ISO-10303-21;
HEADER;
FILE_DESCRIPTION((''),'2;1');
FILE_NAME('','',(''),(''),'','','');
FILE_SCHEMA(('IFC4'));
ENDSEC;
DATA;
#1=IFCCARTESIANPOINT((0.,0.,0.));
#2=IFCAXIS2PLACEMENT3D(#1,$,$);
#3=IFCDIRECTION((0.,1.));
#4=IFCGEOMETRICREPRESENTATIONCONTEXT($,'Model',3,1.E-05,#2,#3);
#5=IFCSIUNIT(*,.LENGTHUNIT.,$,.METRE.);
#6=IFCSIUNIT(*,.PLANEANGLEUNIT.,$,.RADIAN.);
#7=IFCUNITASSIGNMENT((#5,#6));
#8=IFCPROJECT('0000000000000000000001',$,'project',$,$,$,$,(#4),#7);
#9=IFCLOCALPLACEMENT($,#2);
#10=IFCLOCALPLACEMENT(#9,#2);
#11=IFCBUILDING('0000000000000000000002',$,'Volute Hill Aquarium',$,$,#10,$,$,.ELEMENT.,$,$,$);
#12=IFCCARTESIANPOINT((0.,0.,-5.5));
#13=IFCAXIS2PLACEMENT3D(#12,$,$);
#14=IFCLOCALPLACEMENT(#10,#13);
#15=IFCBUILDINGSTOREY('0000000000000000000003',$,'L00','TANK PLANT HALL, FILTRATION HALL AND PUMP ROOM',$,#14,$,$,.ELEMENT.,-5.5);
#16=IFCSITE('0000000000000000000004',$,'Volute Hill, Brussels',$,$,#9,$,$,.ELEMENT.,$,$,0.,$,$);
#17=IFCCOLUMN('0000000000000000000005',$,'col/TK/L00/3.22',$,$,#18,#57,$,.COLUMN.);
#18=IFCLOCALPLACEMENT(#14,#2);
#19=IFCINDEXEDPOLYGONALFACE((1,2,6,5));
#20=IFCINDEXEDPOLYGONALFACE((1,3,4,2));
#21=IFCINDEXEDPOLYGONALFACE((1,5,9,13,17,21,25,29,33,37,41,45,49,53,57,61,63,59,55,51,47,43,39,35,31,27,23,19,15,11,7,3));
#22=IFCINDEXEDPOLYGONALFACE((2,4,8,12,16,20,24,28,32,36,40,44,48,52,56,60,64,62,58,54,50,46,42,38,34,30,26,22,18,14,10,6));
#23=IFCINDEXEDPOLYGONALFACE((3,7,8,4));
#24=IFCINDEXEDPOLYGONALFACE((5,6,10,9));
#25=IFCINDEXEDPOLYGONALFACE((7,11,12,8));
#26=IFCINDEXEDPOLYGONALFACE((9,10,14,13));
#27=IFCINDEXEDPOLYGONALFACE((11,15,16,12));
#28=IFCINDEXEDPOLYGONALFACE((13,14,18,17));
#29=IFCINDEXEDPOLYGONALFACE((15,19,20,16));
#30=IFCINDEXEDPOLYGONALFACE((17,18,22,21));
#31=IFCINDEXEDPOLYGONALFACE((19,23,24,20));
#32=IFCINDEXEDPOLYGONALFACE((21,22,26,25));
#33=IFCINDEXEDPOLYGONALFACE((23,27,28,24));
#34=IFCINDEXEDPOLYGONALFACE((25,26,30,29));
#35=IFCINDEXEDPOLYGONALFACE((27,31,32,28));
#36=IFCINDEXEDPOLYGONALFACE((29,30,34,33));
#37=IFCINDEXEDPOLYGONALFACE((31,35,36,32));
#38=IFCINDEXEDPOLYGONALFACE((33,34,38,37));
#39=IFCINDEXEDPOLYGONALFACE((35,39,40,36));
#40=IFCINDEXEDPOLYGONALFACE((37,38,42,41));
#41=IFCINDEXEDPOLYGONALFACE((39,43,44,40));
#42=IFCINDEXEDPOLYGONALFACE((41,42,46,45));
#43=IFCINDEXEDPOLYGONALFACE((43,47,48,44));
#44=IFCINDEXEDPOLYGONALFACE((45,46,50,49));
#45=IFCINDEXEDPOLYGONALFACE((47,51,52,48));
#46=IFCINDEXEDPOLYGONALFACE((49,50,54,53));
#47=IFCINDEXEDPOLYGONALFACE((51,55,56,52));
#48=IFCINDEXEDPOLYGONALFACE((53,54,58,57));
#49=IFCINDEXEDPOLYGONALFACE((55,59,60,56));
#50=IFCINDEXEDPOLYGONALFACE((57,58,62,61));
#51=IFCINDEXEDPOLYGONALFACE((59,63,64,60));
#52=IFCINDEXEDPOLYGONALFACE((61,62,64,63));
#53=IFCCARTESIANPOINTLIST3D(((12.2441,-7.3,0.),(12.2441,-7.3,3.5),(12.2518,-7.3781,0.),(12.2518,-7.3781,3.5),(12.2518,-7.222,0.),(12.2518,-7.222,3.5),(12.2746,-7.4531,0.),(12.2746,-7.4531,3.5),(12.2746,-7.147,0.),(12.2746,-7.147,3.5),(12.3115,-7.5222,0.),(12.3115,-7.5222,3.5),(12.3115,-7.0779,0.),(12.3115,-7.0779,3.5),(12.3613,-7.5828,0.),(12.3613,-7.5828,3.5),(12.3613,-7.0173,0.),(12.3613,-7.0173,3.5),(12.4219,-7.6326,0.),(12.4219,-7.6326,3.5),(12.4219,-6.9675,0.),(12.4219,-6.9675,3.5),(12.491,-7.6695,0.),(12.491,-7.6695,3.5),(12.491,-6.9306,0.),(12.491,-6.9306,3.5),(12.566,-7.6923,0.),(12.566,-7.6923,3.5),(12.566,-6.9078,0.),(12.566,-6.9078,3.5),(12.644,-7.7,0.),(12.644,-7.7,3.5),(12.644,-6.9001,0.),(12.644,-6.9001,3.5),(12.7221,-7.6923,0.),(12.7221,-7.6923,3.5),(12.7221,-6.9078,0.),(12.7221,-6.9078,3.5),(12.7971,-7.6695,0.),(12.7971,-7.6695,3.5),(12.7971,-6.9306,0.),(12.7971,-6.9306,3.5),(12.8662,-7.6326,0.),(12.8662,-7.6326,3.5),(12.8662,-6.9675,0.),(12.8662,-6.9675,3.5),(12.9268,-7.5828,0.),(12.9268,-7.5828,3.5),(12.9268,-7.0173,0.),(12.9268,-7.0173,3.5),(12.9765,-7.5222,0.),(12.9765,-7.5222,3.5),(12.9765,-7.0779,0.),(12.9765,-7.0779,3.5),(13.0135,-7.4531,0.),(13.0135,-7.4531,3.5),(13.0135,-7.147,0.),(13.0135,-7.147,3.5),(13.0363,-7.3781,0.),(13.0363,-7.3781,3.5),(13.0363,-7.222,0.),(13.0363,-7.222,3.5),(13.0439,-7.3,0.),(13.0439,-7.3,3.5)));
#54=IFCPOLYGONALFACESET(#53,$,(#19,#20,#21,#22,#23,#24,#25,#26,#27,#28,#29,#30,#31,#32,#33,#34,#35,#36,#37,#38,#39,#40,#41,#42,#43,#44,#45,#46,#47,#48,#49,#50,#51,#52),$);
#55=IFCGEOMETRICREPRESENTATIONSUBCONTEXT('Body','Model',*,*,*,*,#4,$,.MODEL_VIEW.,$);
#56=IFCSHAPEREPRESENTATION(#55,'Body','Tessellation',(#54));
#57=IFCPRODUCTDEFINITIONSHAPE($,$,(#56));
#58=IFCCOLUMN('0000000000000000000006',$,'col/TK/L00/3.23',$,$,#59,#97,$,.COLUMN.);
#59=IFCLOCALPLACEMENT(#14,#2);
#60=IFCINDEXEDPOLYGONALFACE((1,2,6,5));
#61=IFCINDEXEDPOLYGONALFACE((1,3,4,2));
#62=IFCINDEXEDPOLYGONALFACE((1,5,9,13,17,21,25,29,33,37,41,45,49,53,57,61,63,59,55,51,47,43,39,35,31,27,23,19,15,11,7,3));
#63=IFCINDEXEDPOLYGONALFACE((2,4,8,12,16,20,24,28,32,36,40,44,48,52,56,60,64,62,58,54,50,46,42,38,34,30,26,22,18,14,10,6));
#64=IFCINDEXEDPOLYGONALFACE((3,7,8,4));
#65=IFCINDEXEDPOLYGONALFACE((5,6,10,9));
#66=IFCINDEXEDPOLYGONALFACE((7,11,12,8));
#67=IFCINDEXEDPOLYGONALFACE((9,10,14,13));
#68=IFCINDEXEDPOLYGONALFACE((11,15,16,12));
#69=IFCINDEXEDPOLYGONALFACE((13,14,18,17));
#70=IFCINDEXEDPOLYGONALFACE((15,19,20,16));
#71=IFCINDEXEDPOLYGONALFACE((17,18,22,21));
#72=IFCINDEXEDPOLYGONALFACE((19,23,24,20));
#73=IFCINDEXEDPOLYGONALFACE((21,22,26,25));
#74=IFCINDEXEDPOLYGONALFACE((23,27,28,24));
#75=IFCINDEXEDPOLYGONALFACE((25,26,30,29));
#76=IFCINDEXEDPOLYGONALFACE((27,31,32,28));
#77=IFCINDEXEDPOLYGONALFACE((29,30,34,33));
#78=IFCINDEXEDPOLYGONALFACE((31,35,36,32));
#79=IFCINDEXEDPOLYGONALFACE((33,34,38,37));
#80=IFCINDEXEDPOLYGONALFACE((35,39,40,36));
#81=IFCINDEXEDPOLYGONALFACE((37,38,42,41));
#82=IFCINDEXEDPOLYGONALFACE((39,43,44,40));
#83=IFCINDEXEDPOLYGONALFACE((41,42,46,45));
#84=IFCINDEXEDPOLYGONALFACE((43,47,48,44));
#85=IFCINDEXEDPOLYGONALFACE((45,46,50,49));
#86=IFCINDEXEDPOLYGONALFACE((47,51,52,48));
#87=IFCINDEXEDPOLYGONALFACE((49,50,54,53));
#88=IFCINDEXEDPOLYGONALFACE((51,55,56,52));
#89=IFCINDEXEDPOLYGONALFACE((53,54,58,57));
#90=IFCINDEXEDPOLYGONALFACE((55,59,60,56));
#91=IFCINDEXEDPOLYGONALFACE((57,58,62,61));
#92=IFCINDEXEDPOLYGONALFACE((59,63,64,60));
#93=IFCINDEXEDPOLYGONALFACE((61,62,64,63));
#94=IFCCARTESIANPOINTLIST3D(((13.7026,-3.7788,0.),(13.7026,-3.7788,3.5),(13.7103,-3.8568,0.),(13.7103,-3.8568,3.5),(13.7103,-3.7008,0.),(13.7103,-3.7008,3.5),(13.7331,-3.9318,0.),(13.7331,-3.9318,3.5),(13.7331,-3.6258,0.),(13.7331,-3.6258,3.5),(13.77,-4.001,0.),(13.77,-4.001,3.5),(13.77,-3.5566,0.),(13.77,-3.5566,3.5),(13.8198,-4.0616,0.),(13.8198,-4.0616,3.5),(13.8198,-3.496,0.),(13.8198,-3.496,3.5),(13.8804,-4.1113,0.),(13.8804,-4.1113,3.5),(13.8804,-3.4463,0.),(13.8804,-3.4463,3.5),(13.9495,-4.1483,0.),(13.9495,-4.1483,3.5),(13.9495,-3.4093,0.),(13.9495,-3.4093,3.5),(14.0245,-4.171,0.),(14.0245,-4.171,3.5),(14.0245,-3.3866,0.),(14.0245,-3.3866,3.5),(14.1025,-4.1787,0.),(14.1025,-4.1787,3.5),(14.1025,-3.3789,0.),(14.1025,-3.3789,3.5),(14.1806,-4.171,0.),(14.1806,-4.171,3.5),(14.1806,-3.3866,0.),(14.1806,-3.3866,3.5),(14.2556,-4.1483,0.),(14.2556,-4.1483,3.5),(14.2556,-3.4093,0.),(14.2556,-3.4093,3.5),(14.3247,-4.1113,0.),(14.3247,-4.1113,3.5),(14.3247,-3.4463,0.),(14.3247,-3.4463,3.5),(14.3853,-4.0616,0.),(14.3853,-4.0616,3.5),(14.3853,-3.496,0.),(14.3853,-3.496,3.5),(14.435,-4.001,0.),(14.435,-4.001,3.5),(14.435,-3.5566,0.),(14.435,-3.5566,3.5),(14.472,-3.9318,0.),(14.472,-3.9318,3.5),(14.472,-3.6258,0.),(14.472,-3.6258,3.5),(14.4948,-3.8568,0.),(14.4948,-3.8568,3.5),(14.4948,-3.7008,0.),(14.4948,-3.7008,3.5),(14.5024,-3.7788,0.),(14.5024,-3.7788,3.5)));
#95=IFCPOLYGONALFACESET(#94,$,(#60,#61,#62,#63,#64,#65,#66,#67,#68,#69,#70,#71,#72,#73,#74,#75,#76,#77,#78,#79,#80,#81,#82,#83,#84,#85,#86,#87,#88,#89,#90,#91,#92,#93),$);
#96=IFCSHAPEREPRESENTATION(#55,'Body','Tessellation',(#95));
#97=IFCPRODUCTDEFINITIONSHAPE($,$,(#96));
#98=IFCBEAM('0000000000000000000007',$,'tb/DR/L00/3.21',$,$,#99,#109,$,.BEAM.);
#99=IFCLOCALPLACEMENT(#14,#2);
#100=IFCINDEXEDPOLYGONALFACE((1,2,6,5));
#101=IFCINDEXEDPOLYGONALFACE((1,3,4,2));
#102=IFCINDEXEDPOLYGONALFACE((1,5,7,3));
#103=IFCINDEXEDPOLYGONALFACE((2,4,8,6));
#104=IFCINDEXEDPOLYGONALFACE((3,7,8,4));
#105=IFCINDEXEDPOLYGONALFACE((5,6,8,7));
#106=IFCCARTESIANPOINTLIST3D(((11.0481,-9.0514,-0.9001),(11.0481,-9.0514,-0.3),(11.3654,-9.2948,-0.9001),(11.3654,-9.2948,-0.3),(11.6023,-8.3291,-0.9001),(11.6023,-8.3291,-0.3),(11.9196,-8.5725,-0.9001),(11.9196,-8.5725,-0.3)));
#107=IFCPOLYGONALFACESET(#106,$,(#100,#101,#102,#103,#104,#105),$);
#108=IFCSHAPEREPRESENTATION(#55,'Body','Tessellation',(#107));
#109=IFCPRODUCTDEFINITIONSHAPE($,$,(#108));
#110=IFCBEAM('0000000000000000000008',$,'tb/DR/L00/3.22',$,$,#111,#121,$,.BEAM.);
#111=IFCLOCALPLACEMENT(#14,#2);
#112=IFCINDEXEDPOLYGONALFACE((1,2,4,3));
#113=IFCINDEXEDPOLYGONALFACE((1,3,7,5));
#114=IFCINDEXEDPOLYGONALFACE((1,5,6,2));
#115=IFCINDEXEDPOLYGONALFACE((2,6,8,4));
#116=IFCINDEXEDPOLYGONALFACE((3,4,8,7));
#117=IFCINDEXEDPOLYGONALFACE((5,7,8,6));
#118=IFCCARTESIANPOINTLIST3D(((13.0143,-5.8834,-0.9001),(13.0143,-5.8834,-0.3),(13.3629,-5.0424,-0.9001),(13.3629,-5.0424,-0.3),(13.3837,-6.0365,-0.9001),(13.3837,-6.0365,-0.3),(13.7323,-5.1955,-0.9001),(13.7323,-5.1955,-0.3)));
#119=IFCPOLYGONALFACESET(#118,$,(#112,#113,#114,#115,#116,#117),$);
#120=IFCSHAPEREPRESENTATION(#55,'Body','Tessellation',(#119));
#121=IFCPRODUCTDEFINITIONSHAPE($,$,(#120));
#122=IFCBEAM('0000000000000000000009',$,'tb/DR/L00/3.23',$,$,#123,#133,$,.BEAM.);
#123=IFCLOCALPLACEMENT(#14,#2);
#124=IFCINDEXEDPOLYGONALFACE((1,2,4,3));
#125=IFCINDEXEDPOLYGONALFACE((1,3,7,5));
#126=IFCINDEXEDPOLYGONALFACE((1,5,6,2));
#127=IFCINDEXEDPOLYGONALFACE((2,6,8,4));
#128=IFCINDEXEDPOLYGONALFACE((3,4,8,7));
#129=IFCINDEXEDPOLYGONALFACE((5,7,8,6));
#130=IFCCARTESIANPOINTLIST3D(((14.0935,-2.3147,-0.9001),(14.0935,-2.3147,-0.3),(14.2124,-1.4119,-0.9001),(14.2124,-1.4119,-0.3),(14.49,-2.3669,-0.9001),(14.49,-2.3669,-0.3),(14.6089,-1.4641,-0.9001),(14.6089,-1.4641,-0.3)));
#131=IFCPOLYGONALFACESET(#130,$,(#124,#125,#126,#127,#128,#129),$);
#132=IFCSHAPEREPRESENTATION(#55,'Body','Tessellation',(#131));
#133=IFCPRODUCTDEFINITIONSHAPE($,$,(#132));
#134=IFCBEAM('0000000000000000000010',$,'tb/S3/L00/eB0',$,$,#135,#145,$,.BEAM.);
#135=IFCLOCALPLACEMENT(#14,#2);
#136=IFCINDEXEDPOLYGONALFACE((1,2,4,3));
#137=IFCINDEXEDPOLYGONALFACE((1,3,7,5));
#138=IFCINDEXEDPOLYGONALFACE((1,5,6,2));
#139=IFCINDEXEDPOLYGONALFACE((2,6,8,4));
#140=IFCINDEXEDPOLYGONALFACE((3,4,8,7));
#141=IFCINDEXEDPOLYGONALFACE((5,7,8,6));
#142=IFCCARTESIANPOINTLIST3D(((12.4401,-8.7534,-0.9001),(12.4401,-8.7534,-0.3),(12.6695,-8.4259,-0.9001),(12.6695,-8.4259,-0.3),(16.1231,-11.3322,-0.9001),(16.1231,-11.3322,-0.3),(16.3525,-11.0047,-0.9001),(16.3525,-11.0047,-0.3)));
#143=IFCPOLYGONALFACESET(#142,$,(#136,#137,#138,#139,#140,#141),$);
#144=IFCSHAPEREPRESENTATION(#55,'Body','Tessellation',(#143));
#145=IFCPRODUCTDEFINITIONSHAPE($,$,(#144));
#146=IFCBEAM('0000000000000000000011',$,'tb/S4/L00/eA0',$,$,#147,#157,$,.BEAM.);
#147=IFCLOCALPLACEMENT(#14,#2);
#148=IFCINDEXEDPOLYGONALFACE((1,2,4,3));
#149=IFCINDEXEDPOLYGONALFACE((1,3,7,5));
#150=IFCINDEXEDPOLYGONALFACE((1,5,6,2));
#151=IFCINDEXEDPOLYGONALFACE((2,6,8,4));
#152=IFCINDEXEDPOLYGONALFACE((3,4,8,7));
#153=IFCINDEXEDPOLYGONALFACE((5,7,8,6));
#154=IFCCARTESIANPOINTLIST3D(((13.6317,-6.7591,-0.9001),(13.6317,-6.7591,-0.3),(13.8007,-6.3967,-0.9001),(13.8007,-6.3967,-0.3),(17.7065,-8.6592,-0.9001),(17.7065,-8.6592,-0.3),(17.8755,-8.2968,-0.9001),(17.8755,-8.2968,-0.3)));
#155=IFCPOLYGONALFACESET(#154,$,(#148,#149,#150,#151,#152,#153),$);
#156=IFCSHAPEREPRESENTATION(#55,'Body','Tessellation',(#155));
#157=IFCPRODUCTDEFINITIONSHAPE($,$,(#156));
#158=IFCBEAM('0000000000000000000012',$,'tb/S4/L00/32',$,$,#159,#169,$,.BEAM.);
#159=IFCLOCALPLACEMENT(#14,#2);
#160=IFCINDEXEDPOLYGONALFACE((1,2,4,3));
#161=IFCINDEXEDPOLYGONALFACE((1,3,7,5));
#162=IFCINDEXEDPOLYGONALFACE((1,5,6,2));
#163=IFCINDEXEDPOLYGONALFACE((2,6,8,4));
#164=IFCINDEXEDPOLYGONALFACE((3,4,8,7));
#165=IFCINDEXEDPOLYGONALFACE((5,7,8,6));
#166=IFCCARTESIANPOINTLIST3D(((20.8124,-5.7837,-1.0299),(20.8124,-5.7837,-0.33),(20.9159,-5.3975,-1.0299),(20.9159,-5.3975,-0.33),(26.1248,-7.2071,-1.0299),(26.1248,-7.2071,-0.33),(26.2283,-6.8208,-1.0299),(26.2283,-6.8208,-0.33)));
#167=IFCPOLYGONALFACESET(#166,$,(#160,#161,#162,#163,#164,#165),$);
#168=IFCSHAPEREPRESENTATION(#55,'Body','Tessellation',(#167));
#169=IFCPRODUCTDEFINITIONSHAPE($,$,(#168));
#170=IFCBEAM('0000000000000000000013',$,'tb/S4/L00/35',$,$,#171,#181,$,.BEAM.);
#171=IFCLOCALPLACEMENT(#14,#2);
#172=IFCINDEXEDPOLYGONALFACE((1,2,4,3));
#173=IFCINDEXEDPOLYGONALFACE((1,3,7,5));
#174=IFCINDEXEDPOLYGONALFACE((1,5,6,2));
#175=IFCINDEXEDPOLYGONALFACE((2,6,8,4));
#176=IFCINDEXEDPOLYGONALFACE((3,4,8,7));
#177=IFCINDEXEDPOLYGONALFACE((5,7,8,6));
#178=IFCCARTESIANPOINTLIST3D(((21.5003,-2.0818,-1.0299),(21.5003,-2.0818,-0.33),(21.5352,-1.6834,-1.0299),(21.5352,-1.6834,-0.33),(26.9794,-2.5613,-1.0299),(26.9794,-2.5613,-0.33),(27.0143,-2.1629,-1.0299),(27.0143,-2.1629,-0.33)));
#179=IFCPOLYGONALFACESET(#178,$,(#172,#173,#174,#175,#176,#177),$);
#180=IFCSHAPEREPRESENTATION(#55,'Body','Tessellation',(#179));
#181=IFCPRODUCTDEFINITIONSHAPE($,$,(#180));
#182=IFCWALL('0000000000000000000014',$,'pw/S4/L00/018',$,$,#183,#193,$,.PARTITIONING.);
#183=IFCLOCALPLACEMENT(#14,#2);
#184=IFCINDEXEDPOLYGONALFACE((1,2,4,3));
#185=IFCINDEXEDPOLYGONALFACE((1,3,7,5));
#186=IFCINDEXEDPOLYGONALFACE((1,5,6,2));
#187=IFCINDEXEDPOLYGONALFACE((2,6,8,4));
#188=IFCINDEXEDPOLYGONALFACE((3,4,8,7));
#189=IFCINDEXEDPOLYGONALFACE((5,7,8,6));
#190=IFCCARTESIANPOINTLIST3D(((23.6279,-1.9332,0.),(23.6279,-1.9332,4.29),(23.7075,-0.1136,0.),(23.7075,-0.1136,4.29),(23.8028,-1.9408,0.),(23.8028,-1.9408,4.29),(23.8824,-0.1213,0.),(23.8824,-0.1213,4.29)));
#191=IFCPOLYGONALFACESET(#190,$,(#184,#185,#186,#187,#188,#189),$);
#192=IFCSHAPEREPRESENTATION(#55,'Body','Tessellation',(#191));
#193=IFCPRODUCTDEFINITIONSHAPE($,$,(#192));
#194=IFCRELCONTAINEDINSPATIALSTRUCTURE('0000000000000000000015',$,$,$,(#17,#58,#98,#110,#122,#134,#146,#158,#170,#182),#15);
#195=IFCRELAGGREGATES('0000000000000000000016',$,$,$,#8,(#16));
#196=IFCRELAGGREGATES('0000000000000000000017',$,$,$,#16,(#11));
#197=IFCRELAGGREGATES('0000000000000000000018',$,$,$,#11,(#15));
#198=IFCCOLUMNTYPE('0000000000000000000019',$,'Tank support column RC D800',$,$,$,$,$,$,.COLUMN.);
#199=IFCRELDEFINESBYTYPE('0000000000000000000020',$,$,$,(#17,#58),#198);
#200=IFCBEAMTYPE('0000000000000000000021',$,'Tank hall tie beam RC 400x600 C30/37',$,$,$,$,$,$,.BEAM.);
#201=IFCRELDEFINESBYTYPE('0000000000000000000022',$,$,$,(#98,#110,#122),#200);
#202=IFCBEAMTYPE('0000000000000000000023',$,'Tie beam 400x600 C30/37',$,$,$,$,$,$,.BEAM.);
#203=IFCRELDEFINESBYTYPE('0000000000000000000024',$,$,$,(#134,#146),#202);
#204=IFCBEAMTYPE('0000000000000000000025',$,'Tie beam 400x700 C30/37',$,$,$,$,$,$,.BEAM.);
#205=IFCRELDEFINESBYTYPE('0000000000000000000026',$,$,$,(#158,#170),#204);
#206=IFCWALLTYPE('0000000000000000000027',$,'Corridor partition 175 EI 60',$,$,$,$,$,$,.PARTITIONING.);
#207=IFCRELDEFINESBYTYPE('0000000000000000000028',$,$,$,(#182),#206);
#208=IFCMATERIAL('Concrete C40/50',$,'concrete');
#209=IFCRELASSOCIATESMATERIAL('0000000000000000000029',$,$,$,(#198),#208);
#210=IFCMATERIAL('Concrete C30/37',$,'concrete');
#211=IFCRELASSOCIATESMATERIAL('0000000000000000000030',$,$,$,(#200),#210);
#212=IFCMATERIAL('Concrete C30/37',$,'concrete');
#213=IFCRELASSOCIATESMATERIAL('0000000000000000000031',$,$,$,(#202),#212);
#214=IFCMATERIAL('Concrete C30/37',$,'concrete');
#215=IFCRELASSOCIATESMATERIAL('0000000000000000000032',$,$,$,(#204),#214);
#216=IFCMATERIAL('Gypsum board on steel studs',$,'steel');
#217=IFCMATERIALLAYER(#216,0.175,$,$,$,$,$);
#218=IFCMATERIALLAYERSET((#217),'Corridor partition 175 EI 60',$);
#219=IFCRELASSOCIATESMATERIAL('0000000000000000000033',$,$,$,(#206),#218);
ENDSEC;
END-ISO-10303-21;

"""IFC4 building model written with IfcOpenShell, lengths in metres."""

from ifc_helpers import new_model, si_unit, direction, frame, frame_2d, origin, origin_2d, place, context, subcontext, project, spatial, rectangle, circle, extrude, material, layer, layer_set, material_profile, profile_set, type_object, element, save


model = new_model("IFC4")

# Units and contexts
model_context = context("Model", 3, precision=1e-05, world=origin(), true_north=direction((0.0, 1.0)))
body_context = subcontext(model_context, "Body", "Model", "MODEL_VIEW")
ifc_project = project(units=[si_unit("LENGTHUNIT", "METRE"), si_unit("PLANEANGLEUNIT", "RADIAN")], contexts=[model_context])

# Site, building, storey
site_placement = place(None, origin())
site = spatial("IfcSite", under=ifc_project, at=site_placement, Name="Volute Hill, Brussels", CompositionType="ELEMENT", RefElevation=0.0)
building_placement = place(site_placement, origin())
building = spatial("IfcBuilding", under=site, at=building_placement, Name="Volute Hill Aquarium", CompositionType="ELEMENT")
storey_placement = place(building_placement, frame((0.0, 0.0, -5.5)))
storey = spatial("IfcBuildingStorey", under=building, at=storey_placement, Name="L00", Description="TANK PLANT HALL, FILTRATION HALL AND PUMP ROOM", CompositionType="ELEMENT", Elevation=-5.5)

# Columns
ifc_material_1 = material(Name="Concrete C40/50", Category="concrete")
ifc_material_profile_1 = material_profile(ifc_material_1, circle(Radius=0.3999, at=origin_2d()), Name="RC round column D800")
ifc_profile_set_1 = profile_set([ifc_material_profile_1], Name="Concrete C40/50")
column_type = type_object("IfcColumnType", Name="Tank support column RC D800", PredefinedType="COLUMN", material=ifc_profile_set_1)
for number, where, z_axis, x_axis, name in (
    (1, (12.644, -7.3, 0.0), (0.0, 0.0, 1.0), (1.0, 0.0, 0.0), "col/TK/L00/3.22"),
    (2, (14.1025, -3.7788, 0.0), (0.0, 0.0, 1.0), (1.0, 0.0, 0.0), "col/TK/L00/3.23"),
):
    element("IfcColumn", number, at=place(storey_placement, frame(where, z_axis=z_axis, x_axis=x_axis)), inside=storey, type_object=column_type, Name=name, PredefinedType="COLUMN", context=body_context, shape_type="SweptSolid", body=[
        extrude(circle(Radius=0.3999, at=origin_2d()), origin(), (0.0, 0.0, 1.0), 3.5),
    ])

# Beams
ifc_material_2 = material(Name="Concrete C30/37", Category="concrete")
ifc_material_profile_2 = material_profile(ifc_material_2, rectangle(XDim=0.3999, YDim=0.6001, at=origin_2d()), Name="RC tie beam 400x600")
ifc_profile_set_2 = profile_set([ifc_material_profile_2], Name="Concrete C30/37")
beam_type_1 = type_object("IfcBeamType", Name="Tank hall tie beam RC 400x600 C30/37", PredefinedType="BEAM", material=ifc_profile_set_2)
for number, where, z_axis, x_axis, name in (
    (3, (11.2068, -9.1731, -0.6001), (0.608674, 0.793421, 0.0), (-0.793421, 0.608674, 0.0), "tb/DR/L00/3.21"),
    (4, (13.199, -5.96, -0.6001), (0.38292, 0.923781, 0.0), (-0.923781, 0.38292, 0.0), "tb/DR/L00/3.22"),
):
    element("IfcBeam", number, at=place(storey_placement, frame(where, z_axis=z_axis, x_axis=x_axis)), inside=storey, type_object=beam_type_1, Name=name, PredefinedType="BEAM", context=body_context, shape_type="SweptSolid", body=[
        extrude(rectangle(XDim=0.3999, YDim=0.6001, at=origin_2d()), origin(), (0.0, 0.0, 1.0), 0.9104),
    ])
beam_1_placement = place(storey_placement, frame((14.2917, -2.3408, -0.6001), z_axis=(0.130565, 0.99144, 0.0), x_axis=(-0.99144, 0.130565, 0.0)))
element("IfcBeam", 5, at=beam_1_placement, inside=storey, type_object=beam_type_1, Name="tb/DR/L00/3.23", PredefinedType="BEAM", context=body_context, shape_type="SweptSolid", body=[
    extrude(rectangle(XDim=0.3999, YDim=0.6001, at=origin_2d()), origin(), (0.0, 0.0, 1.0), 0.9106),
])
ifc_material_3 = material(Name="Concrete C30/37", Category="concrete")
ifc_material_profile_3 = material_profile(ifc_material_3, rectangle(XDim=0.3999, YDim=0.6001, at=origin_2d()), Name="RC tie beam 400x600")
ifc_profile_set_3 = profile_set([ifc_material_profile_3], Name="Concrete C30/37")
beam_type_2 = type_object("IfcBeamType", Name="Tie beam 400x600 C30/37", PredefinedType="BEAM", material=ifc_profile_set_3)
for number, where, z_axis, x_axis, name in (
    (6, (16.2378, -11.1685, -0.6001), (-0.81916, 0.573564, 0.0), (-0.573564, -0.81916, 0.0), "tb/S3/L00/eB0"),
    (7, (17.791, -8.478, -0.6001), (-0.906311, 0.422612, 0.0), (-0.422612, -0.906311, 0.0), "tb/S4/L00/eA0"),
):
    element("IfcBeam", number, at=place(storey_placement, frame(where, z_axis=z_axis, x_axis=x_axis)), inside=storey, type_object=beam_type_2, Name=name, PredefinedType="BEAM", context=body_context, shape_type="SweptSolid", body=[
        extrude(rectangle(XDim=0.3999, YDim=0.6001, at=origin_2d()), origin(), (0.0, 0.0, 1.0), 4.4961),
    ])
ifc_material_4 = material(Name="Concrete C30/37", Category="concrete")
ifc_material_profile_4 = material_profile(ifc_material_4, rectangle(XDim=0.3999, YDim=0.7, at=origin_2d()), Name="RC tie beam 400x700")
ifc_profile_set_4 = profile_set([ifc_material_profile_4], Name="Concrete C30/37")
beam_type_3 = type_object("IfcBeamType", Name="Tie beam 400x700 C30/37", PredefinedType="BEAM", material=ifc_profile_set_4)
beam_2_placement = place(storey_placement, frame((26.1765, -7.0139, -0.6799), z_axis=(-0.965932, 0.258795, 0.0), x_axis=(-0.258795, -0.965932, 0.0)))
element("IfcBeam", 8, at=beam_2_placement, inside=storey, type_object=beam_type_3, Name="tb/S4/L00/32", PredefinedType="BEAM", context=body_context, shape_type="SweptSolid", body=[
    extrude(rectangle(XDim=0.3999, YDim=0.7, at=origin_2d()), origin(), (0.0, 0.0, 1.0), 5.4998),
])
beam_3_placement = place(storey_placement, frame((26.9968, -2.3621, -0.6799), z_axis=(-0.996192, 0.087181, 0.0), x_axis=(-0.087181, -0.996192, 0.0)))
element("IfcBeam", 9, at=beam_3_placement, inside=storey, type_object=beam_type_3, Name="tb/S4/L00/35", PredefinedType="BEAM", context=body_context, shape_type="SweptSolid", body=[
    extrude(rectangle(XDim=0.3999, YDim=0.7, at=origin_2d()), origin(), (0.0, 0.0, 1.0), 5.5),
])

# Wall
ifc_material_5 = material(Name="Gypsum board on steel studs", Category="steel")
ifc_layer_1 = layer(ifc_material_5, 0.175)
ifc_layer_set_1 = layer_set([ifc_layer_1], Name="Corridor partition 175 EI 60")
wall_type_1 = type_object("IfcWallType", Name="Corridor partition 175 EI 60", PredefinedType="PARTITIONING", material=ifc_layer_set_1)
wall_1_placement = place(storey_placement, frame((23.7949, -0.1174, 0.0), z_axis=(0.0, 0.0, 1.0), x_axis=(-0.043699, -0.999045, 0.0)))
element("IfcWall", 10, at=wall_1_placement, inside=storey, type_object=wall_type_1, Name="pw/S4/L00/018", PredefinedType="PARTITIONING", context=body_context, shape_type="SweptSolid", body=[
    extrude(rectangle(XDim=1.8213, YDim=0.175, at=frame_2d((0.9106, 0.0))), origin(), (0.0, 0.0, 1.0), 4.29),
])

save(model, "model.ifc")
